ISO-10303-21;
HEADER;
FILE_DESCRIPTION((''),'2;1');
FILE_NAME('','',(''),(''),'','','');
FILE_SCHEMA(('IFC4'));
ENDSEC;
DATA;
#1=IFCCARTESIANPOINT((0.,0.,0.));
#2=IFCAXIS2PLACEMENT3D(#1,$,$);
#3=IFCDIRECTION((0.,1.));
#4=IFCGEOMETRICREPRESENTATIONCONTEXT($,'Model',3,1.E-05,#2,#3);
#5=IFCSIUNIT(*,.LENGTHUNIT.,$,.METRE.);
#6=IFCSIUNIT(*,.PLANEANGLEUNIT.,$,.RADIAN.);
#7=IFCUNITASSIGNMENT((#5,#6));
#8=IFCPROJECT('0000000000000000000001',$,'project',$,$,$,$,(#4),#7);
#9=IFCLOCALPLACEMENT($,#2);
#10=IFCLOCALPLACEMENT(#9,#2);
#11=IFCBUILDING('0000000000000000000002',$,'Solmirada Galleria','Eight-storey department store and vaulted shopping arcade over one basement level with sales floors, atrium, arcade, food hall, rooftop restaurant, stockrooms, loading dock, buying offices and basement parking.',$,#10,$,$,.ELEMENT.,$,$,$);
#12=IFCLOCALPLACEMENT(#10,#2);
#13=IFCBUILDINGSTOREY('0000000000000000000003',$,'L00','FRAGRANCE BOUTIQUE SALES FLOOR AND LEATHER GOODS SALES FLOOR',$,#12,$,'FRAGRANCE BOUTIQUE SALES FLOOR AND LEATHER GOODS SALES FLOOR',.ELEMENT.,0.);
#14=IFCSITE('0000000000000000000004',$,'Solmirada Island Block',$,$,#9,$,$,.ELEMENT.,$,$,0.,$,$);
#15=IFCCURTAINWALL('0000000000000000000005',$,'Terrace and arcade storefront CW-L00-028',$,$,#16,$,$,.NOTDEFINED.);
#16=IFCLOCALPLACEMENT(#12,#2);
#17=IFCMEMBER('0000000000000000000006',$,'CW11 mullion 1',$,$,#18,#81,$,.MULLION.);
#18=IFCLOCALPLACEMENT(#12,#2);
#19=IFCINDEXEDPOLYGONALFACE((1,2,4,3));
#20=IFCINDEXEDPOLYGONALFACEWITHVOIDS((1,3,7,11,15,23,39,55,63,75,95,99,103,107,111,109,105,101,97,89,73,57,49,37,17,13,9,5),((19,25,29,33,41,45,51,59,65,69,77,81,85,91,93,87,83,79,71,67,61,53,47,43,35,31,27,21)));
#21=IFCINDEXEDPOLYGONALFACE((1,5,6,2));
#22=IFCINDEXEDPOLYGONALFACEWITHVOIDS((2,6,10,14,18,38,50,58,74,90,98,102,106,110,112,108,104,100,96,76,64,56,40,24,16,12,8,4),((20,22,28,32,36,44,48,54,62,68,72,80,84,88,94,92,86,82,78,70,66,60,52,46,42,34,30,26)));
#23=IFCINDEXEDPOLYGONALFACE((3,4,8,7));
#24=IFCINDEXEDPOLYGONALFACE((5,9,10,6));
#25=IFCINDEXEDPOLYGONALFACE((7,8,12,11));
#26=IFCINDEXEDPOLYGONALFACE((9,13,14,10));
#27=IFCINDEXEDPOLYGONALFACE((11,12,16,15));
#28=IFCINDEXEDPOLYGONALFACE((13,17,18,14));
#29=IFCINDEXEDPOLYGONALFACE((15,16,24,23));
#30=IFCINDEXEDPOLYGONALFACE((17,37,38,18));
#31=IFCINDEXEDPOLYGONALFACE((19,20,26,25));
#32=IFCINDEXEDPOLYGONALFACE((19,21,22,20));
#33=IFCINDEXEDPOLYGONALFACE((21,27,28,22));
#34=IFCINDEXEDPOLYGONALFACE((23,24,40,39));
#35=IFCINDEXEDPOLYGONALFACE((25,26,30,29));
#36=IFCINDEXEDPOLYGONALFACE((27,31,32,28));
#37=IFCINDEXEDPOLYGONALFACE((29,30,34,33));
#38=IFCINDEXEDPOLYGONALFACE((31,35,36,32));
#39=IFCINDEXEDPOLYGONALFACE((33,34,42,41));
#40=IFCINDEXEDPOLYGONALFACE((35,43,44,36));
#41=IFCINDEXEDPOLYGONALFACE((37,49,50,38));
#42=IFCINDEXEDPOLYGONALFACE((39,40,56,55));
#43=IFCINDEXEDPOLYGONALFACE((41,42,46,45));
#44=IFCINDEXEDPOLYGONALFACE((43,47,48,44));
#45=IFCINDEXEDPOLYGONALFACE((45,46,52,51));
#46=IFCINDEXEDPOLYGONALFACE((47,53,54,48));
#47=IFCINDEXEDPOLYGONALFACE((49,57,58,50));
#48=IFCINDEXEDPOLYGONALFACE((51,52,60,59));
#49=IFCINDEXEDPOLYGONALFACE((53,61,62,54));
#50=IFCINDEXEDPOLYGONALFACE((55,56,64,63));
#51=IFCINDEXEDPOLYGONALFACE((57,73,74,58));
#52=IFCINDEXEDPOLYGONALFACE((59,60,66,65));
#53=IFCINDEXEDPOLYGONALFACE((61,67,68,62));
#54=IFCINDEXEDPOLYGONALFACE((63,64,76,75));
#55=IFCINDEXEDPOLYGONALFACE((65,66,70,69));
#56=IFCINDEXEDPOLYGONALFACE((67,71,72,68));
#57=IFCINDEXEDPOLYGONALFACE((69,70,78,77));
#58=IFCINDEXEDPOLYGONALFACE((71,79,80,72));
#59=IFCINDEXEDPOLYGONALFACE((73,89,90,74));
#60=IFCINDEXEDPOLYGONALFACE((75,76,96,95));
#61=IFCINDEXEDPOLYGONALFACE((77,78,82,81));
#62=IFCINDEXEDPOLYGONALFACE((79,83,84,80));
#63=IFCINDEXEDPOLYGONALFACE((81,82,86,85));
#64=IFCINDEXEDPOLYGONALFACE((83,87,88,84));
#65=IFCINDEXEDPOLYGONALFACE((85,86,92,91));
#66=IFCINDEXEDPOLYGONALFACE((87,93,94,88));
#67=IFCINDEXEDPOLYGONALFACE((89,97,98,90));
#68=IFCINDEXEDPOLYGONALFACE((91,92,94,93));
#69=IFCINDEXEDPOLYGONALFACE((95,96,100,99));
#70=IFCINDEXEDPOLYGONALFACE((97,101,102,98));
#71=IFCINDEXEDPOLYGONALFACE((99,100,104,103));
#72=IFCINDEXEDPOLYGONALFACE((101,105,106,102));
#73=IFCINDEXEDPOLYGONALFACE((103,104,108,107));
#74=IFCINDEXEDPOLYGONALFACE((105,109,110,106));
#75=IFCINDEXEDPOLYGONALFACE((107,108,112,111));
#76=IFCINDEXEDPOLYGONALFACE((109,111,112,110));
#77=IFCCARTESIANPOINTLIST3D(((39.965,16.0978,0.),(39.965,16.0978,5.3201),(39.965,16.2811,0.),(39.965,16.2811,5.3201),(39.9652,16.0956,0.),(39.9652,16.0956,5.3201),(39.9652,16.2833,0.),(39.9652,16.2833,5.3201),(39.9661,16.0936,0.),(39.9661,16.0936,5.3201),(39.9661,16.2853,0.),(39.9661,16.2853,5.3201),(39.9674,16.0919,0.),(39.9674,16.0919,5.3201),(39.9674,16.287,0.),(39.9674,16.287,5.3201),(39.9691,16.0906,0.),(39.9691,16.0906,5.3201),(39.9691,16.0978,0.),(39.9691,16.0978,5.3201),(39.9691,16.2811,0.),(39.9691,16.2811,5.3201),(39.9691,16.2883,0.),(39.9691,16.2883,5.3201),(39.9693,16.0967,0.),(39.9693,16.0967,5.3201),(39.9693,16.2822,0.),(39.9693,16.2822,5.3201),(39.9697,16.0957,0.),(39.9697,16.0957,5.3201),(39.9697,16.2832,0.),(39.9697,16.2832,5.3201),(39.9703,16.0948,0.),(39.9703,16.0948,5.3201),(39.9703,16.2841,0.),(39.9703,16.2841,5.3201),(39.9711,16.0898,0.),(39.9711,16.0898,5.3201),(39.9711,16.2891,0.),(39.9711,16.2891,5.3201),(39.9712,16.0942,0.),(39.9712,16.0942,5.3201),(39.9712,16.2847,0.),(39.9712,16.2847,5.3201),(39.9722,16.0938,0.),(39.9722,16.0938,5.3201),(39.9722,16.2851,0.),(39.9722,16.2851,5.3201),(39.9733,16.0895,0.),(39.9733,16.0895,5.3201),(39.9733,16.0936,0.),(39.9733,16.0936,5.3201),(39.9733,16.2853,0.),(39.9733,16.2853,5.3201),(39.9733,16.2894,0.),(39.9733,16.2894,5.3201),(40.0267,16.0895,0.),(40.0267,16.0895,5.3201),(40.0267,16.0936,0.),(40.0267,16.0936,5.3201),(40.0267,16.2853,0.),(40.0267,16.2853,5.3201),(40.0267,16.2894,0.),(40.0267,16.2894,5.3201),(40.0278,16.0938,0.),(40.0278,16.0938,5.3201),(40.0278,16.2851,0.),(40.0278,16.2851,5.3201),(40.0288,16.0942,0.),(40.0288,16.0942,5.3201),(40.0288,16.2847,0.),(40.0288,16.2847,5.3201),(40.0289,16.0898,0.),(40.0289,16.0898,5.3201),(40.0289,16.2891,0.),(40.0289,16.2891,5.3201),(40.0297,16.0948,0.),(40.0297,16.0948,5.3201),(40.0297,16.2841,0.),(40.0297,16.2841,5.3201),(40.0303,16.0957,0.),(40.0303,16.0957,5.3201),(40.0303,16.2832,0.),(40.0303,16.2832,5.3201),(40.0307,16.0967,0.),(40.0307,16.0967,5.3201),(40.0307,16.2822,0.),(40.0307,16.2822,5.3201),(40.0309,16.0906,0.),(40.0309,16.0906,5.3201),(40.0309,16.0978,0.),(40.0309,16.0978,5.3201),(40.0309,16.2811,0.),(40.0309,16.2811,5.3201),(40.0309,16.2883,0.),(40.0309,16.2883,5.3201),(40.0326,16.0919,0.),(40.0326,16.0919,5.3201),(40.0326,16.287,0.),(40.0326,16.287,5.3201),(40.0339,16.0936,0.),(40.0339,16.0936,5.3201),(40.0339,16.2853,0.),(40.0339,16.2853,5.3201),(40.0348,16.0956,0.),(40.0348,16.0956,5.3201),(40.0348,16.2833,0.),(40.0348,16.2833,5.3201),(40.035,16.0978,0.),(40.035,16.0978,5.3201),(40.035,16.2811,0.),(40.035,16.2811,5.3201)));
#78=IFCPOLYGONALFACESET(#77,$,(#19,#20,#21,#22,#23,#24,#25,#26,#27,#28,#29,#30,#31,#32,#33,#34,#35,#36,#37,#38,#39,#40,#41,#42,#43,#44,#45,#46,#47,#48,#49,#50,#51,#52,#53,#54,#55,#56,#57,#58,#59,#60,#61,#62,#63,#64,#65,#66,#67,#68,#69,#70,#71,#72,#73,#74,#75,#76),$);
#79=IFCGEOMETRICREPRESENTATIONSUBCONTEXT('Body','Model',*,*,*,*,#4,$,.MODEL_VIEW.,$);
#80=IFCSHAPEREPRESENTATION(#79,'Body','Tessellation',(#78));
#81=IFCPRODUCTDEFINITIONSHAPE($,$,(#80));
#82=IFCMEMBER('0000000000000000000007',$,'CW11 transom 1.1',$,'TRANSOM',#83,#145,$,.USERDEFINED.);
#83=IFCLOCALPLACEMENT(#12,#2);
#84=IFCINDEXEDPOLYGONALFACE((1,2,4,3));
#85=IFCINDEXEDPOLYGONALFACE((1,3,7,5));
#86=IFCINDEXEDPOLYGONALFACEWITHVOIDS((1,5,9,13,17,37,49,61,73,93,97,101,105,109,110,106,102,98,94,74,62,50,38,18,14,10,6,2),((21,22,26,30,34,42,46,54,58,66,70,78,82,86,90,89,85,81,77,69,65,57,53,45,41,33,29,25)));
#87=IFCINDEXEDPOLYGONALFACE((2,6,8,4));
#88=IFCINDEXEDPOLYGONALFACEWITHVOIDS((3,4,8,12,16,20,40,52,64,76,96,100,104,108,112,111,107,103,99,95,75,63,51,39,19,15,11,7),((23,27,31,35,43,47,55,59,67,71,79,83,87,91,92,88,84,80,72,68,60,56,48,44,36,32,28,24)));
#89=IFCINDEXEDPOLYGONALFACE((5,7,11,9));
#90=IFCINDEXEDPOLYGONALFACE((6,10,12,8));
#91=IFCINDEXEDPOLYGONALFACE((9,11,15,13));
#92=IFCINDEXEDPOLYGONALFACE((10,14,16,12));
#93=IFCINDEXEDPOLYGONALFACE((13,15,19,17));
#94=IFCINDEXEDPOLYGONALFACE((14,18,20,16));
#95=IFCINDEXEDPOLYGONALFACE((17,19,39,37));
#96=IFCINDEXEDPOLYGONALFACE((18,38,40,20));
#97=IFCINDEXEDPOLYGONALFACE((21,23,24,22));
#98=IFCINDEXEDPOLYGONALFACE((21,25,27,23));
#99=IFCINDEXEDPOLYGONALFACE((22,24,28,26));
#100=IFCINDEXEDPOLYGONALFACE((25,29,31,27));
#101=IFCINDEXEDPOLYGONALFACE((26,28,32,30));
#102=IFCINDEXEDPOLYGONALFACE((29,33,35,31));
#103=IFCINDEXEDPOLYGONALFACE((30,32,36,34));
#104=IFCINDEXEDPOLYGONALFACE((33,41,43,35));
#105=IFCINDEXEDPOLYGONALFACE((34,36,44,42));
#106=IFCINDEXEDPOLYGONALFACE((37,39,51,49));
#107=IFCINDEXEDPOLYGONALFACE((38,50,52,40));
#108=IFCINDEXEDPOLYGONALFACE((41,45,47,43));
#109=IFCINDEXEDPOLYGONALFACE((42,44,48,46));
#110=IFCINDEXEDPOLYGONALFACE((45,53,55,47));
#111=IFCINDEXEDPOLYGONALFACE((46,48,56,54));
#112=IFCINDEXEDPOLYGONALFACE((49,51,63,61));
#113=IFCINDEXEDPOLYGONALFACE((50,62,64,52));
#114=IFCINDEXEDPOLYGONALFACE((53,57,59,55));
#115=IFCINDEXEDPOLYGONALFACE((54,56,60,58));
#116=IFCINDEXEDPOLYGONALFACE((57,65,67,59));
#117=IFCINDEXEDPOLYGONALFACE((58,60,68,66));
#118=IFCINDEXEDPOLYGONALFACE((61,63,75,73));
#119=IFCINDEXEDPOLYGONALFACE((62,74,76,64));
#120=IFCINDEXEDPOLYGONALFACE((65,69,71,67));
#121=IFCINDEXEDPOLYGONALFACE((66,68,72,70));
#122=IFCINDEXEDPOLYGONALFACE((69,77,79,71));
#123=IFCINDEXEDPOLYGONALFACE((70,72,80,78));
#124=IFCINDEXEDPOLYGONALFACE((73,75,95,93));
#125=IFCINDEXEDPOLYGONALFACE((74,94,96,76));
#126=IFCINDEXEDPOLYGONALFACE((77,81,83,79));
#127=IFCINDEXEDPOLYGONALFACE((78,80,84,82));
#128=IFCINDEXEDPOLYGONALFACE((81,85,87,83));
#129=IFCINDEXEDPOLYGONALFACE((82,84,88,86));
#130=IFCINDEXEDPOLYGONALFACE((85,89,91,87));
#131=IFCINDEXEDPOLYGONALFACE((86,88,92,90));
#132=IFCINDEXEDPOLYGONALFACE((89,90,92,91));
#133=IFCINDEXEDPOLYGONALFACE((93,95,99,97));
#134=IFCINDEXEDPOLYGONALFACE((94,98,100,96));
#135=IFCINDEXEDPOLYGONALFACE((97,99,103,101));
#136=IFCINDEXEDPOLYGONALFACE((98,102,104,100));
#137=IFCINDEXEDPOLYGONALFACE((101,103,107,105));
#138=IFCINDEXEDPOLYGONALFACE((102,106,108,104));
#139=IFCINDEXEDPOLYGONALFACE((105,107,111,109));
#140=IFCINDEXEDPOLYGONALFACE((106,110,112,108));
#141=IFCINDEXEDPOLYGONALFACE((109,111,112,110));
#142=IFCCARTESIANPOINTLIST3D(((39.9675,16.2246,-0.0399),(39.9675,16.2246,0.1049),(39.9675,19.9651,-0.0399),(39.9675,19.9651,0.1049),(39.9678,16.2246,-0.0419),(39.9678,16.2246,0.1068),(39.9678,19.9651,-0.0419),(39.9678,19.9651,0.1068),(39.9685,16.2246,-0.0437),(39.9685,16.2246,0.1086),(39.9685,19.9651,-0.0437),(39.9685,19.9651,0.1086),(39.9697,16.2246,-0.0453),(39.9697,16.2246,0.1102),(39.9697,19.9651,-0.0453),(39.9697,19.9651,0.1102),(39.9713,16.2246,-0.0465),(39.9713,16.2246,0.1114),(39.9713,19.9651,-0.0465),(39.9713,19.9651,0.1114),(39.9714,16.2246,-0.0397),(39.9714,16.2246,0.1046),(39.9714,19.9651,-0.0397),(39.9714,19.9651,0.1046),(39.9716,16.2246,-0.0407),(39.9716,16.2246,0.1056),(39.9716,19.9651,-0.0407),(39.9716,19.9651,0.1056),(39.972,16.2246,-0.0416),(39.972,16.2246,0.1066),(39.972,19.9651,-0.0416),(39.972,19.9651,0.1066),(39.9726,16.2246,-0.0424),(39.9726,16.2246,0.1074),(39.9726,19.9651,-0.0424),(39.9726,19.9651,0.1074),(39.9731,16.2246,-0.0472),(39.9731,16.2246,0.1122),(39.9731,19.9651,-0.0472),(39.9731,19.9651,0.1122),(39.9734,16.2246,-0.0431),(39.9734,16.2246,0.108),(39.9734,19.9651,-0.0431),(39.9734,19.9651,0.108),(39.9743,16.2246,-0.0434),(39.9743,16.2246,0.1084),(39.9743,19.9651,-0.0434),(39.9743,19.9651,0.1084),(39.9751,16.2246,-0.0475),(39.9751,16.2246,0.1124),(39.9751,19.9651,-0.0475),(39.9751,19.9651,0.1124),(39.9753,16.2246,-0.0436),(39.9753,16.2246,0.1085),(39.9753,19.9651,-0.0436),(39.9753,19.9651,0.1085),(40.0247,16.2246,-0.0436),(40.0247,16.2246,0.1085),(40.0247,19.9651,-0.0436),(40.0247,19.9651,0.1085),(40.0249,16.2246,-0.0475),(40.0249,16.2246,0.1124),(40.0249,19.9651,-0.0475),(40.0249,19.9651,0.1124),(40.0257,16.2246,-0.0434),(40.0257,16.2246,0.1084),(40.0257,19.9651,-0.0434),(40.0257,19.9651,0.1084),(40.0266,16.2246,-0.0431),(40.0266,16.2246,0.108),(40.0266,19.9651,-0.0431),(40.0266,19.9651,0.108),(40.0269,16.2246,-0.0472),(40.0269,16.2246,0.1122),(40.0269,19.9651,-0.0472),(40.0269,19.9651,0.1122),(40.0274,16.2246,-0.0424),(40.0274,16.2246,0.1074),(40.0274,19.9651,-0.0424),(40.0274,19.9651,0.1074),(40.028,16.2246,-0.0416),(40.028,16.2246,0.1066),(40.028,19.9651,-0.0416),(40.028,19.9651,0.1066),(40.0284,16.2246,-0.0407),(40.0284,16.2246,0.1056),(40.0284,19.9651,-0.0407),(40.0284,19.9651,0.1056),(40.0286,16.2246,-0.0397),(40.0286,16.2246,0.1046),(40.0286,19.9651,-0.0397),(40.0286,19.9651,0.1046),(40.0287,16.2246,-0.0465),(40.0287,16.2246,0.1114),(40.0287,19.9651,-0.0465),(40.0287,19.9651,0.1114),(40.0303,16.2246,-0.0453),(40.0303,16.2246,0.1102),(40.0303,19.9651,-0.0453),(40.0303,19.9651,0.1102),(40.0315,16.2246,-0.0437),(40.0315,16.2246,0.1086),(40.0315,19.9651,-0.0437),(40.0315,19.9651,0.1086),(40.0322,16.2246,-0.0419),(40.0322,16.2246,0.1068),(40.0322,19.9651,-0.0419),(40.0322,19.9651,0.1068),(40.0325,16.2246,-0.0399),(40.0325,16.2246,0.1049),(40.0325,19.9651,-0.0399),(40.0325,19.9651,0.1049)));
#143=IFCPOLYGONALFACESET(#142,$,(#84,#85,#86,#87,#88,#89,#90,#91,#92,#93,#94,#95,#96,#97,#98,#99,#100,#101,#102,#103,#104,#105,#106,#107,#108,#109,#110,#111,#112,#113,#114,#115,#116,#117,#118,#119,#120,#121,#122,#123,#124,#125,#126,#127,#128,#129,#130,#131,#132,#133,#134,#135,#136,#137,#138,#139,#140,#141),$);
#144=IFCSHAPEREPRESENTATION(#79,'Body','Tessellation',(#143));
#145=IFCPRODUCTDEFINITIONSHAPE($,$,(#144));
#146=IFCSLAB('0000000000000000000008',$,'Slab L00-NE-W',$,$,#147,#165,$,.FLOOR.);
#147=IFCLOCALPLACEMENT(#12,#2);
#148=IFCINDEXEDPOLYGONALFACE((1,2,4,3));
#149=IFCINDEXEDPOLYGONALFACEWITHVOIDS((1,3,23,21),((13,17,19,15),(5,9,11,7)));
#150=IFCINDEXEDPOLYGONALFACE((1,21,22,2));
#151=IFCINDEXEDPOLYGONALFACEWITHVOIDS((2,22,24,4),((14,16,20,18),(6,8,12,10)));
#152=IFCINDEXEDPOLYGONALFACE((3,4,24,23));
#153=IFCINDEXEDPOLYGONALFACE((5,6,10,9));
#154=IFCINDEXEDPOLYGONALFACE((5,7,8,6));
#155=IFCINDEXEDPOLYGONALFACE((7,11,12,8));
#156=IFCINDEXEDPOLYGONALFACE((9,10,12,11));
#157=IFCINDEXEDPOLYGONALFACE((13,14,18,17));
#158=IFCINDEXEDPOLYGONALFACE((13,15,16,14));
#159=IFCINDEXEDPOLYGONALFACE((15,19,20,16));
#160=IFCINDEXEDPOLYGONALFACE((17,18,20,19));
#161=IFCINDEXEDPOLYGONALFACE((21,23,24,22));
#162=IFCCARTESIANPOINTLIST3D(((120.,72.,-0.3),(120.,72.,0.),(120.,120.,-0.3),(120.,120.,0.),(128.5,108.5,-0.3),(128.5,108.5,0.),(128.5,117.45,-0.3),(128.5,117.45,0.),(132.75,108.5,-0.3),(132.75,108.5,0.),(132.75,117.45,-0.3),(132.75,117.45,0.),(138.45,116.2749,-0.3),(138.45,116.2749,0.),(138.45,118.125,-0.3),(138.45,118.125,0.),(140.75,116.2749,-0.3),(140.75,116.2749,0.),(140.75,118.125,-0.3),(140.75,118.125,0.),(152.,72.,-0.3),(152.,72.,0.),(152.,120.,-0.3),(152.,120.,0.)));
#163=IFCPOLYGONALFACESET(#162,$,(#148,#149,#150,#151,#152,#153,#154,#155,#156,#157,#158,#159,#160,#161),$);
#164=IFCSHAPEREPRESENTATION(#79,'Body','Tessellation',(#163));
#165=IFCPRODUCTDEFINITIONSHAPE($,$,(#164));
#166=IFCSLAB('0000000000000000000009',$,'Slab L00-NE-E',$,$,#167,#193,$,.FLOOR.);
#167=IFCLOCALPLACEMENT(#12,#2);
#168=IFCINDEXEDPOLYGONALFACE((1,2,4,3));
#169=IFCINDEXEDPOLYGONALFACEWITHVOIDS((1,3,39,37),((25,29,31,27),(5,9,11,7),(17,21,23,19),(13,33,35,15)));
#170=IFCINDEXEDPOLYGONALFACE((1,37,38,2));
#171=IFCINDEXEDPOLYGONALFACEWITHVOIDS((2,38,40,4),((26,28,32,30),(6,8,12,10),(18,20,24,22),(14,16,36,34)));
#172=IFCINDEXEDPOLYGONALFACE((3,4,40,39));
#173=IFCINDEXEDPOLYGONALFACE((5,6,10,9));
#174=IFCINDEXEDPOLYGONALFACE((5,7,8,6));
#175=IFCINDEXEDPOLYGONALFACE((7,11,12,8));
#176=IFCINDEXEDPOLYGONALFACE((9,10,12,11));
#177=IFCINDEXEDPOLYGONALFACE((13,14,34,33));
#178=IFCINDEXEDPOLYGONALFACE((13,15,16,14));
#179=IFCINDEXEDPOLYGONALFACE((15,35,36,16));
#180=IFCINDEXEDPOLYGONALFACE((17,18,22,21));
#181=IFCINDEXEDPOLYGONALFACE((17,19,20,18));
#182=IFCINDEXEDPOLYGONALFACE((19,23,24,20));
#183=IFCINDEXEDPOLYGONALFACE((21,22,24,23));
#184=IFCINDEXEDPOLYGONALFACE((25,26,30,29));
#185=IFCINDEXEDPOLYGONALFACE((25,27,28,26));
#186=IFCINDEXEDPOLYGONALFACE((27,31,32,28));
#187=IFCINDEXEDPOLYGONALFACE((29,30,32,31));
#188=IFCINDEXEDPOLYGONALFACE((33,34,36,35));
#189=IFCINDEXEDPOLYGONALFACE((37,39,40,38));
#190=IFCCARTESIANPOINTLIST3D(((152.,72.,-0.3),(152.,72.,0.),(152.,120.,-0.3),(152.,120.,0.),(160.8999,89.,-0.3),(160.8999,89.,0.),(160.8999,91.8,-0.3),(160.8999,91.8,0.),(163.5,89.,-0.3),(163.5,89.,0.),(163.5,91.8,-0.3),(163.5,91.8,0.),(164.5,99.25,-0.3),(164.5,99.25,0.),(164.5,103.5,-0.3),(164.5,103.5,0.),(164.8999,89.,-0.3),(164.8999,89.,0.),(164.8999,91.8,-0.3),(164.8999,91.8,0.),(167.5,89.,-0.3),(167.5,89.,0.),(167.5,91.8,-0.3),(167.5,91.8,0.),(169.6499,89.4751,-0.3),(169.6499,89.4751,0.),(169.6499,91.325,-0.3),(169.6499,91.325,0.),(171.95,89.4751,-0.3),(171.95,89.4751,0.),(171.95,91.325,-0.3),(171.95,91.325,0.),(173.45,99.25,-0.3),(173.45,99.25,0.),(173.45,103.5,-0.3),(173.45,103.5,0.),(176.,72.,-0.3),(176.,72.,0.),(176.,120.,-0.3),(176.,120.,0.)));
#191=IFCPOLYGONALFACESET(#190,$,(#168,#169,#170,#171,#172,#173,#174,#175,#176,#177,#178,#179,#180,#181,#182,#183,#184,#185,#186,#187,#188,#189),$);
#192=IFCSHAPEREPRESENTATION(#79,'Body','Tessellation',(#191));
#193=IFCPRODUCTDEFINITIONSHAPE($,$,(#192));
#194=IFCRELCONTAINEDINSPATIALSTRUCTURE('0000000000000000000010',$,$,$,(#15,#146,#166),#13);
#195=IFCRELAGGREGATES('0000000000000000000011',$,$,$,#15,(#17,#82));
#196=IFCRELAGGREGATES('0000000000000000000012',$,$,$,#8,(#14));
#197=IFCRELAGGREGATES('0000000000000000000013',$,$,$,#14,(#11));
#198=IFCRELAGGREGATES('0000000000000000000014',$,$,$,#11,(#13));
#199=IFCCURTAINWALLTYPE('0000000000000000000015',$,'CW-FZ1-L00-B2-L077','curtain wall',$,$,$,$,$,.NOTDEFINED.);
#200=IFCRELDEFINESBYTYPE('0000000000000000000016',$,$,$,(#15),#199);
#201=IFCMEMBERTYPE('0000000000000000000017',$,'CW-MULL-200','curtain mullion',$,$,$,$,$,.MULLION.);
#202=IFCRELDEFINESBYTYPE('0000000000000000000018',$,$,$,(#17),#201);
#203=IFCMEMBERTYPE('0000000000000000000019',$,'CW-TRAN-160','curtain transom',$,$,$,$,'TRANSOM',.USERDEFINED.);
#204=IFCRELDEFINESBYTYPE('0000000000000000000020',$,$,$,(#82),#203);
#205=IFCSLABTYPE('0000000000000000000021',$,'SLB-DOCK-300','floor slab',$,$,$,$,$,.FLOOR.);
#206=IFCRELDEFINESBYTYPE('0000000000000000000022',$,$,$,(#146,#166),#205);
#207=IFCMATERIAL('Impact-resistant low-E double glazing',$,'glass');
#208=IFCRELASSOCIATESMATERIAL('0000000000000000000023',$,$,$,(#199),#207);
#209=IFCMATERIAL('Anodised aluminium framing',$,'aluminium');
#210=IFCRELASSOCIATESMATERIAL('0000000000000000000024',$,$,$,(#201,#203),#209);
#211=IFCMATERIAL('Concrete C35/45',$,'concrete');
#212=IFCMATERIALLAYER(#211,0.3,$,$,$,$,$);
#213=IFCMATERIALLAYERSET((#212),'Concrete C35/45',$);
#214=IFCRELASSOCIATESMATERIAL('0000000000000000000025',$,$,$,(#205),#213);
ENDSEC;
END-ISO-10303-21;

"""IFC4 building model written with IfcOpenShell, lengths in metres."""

from ifc_helpers import new_model, si_unit, direction, frame, origin, origin_2d, place, context, subcontext, project, spatial, polyline, hollow_rectangle, outline, extrude, material, layer, layer_set, material_profile, profile_set, type_object, element, aggregate, save


model = new_model("IFC4")

# Units and contexts
model_context = context("Model", 3, precision=1e-05, world=origin(), true_north=direction((0.0, 1.0)))
body_context = subcontext(model_context, "Body", "Model", "MODEL_VIEW")
ifc_project = project(units=[si_unit("LENGTHUNIT", "METRE"), si_unit("PLANEANGLEUNIT", "RADIAN")], contexts=[model_context])

# Site, building, storey
site_placement = place(None, origin())
site = spatial("IfcSite", under=ifc_project, at=site_placement, Name="Solmirada Island Block", CompositionType="ELEMENT", RefElevation=0.0)
building_placement = place(site_placement, origin())
building = spatial("IfcBuilding", under=site, at=building_placement, Name="Solmirada Galleria", Description="Eight-storey department store and vaulted shopping arcade over one basement level with sales floors, atrium, arcade, food hall, rooftop restaurant, stockrooms, loading dock, buying offices and basement parking.", CompositionType="ELEMENT")
storey_placement = place(building_placement, origin())
storey = spatial("IfcBuildingStorey", under=building, at=storey_placement, Name="L00", Description="FRAGRANCE BOUTIQUE SALES FLOOR AND LEATHER GOODS SALES FLOOR", LongName="FRAGRANCE BOUTIQUE SALES FLOOR AND LEATHER GOODS SALES FLOOR", CompositionType="ELEMENT", Elevation=0.0)

# Curtain wall, members
ifc_material_1 = material(Name="Impact-resistant low-E double glazing", Category="glass")
curtain_wall_type = type_object("IfcCurtainWallType", Name="CW-FZ1-L00-B2-L077", Description="curtain wall", PredefinedType="NOTDEFINED", material=ifc_material_1)
curtain_wall_placement = place(storey_placement, origin())
curtain_wall = element("IfcCurtainWall", 1, at=curtain_wall_placement, inside=storey, type_object=curtain_wall_type, Name="Terrace and arcade storefront CW-L00-028", PredefinedType="NOTDEFINED")
ifc_material_2 = material(Name="Anodised aluminium framing", Category="aluminium")
ifc_material_profile_1 = material_profile(ifc_material_2, hollow_rectangle(XDim=0.0701, YDim=0.2, WallThickness=0.0042, InnerFilletRadius=0.0042, OuterFilletRadius=0.0083, at=origin_2d()), Name="ALU-MULL-200X70")
ifc_profile_set_1 = profile_set([ifc_material_profile_1], Name="Anodised aluminium framing")
member_type_1 = type_object("IfcMemberType", Name="CW-MULL-200", Description="curtain mullion", PredefinedType="MULLION", material=ifc_profile_set_1)
member_1_placement = place(storey_placement, frame((40.0, 16.1895, 0.0), z_axis=(0.0, 0.0, 1.0), x_axis=(-1.0, 0.0, 0.0)))
member_1 = element("IfcMember", 2, at=member_1_placement, type_object=member_type_1, Name="CW11 mullion 1", PredefinedType="MULLION", context=body_context, shape_type="SweptSolid", body=[
    extrude(hollow_rectangle(XDim=0.0701, YDim=0.2, WallThickness=0.0042, InnerFilletRadius=0.0042, OuterFilletRadius=0.0083, at=origin_2d()), origin(), (0.0, 0.0, 1.0), 5.3201),
])
ifc_material_profile_2 = material_profile(ifc_material_2, hollow_rectangle(XDim=0.0649, YDim=0.1599, WallThickness=0.0039, InnerFilletRadius=0.0039, OuterFilletRadius=0.0076, at=origin_2d()), Name="ALU-TRAN-160X65")
ifc_profile_set_2 = profile_set([ifc_material_profile_2], Name="Anodised aluminium framing")
member_type_2 = type_object("IfcMemberType", Name="CW-TRAN-160", Description="curtain transom", ElementType="TRANSOM", PredefinedType="USERDEFINED", material=ifc_profile_set_2)
member_2_placement = place(storey_placement, frame((40.0, 16.2246, 0.0325), z_axis=(0.0, 1.0, 0.0), x_axis=(-1.0, 0.0, 0.0)))
member_2 = element("IfcMember", 3, at=member_2_placement, type_object=member_type_2, Name="CW11 transom 1.1", ObjectType="TRANSOM", PredefinedType="USERDEFINED", context=body_context, shape_type="SweptSolid", body=[
    extrude(hollow_rectangle(XDim=0.0649, YDim=0.1599, WallThickness=0.0039, InnerFilletRadius=0.0039, OuterFilletRadius=0.0076, at=origin_2d()), origin(), (0.0, 0.0, 1.0), 3.7405),
])
aggregate(curtain_wall, [member_1, member_2])

# Slabs
ifc_material_3 = material(Name="Concrete C35/45", Category="concrete")
ifc_layer_1 = layer(ifc_material_3, 0.3)
ifc_layer_set_1 = layer_set([ifc_layer_1], Name="Concrete C35/45")
slab_type_1 = type_object("IfcSlabType", Name="SLB-DOCK-300", Description="floor slab", PredefinedType="FLOOR", material=ifc_layer_set_1)
slab_1_placement = place(storey_placement, frame((0.0, 0.0, -0.3)))
element("IfcSlab", 4, at=slab_1_placement, inside=storey, type_object=slab_type_1, Name="Slab L00-NE-W", PredefinedType="FLOOR", context=body_context, shape_type="SweptSolid", body=[
    extrude(outline(polyline([(120.0, 72.0), (152.0, 72.0), (152.0, 120.0), (120.0, 120.0), (120.0, 72.0)]), holes=[polyline([(128.5, 108.5), (132.75, 108.5), (132.75, 117.45), (128.5, 117.45), (128.5, 108.5)]), polyline([(138.45, 116.2749), (140.75, 116.2749), (140.75, 118.125), (138.45, 118.125), (138.45, 116.2749)])]), origin(), (0.0, 0.0, 1.0), 0.3),
])
slab_2_placement = place(storey_placement, frame((0.0, 0.0, -0.3)))
element("IfcSlab", 5, at=slab_2_placement, inside=storey, type_object=slab_type_1, Name="Slab L00-NE-E", PredefinedType="FLOOR", context=body_context, shape_type="SweptSolid", body=[
    extrude(outline(polyline([(152.0, 72.0), (176.0, 72.0), (176.0, 120.0), (152.0, 120.0), (152.0, 72.0)]), holes=[polyline([(164.5, 99.25), (173.45, 99.25), (173.45, 103.5), (164.5, 103.5), (164.5, 99.25)]), polyline([(169.6499, 89.4751), (171.95, 89.4751), (171.95, 91.325), (169.6499, 91.325), (169.6499, 89.4751)]), polyline([(164.8999, 89.0), (167.5, 89.0), (167.5, 91.8), (164.8999, 91.8), (164.8999, 89.0)]), polyline([(160.8999, 89.0), (163.5, 89.0), (163.5, 91.8), (160.8999, 91.8), (160.8999, 89.0)])]), origin(), (0.0, 0.0, 1.0), 0.3),
])

save(model, "model.ifc")
